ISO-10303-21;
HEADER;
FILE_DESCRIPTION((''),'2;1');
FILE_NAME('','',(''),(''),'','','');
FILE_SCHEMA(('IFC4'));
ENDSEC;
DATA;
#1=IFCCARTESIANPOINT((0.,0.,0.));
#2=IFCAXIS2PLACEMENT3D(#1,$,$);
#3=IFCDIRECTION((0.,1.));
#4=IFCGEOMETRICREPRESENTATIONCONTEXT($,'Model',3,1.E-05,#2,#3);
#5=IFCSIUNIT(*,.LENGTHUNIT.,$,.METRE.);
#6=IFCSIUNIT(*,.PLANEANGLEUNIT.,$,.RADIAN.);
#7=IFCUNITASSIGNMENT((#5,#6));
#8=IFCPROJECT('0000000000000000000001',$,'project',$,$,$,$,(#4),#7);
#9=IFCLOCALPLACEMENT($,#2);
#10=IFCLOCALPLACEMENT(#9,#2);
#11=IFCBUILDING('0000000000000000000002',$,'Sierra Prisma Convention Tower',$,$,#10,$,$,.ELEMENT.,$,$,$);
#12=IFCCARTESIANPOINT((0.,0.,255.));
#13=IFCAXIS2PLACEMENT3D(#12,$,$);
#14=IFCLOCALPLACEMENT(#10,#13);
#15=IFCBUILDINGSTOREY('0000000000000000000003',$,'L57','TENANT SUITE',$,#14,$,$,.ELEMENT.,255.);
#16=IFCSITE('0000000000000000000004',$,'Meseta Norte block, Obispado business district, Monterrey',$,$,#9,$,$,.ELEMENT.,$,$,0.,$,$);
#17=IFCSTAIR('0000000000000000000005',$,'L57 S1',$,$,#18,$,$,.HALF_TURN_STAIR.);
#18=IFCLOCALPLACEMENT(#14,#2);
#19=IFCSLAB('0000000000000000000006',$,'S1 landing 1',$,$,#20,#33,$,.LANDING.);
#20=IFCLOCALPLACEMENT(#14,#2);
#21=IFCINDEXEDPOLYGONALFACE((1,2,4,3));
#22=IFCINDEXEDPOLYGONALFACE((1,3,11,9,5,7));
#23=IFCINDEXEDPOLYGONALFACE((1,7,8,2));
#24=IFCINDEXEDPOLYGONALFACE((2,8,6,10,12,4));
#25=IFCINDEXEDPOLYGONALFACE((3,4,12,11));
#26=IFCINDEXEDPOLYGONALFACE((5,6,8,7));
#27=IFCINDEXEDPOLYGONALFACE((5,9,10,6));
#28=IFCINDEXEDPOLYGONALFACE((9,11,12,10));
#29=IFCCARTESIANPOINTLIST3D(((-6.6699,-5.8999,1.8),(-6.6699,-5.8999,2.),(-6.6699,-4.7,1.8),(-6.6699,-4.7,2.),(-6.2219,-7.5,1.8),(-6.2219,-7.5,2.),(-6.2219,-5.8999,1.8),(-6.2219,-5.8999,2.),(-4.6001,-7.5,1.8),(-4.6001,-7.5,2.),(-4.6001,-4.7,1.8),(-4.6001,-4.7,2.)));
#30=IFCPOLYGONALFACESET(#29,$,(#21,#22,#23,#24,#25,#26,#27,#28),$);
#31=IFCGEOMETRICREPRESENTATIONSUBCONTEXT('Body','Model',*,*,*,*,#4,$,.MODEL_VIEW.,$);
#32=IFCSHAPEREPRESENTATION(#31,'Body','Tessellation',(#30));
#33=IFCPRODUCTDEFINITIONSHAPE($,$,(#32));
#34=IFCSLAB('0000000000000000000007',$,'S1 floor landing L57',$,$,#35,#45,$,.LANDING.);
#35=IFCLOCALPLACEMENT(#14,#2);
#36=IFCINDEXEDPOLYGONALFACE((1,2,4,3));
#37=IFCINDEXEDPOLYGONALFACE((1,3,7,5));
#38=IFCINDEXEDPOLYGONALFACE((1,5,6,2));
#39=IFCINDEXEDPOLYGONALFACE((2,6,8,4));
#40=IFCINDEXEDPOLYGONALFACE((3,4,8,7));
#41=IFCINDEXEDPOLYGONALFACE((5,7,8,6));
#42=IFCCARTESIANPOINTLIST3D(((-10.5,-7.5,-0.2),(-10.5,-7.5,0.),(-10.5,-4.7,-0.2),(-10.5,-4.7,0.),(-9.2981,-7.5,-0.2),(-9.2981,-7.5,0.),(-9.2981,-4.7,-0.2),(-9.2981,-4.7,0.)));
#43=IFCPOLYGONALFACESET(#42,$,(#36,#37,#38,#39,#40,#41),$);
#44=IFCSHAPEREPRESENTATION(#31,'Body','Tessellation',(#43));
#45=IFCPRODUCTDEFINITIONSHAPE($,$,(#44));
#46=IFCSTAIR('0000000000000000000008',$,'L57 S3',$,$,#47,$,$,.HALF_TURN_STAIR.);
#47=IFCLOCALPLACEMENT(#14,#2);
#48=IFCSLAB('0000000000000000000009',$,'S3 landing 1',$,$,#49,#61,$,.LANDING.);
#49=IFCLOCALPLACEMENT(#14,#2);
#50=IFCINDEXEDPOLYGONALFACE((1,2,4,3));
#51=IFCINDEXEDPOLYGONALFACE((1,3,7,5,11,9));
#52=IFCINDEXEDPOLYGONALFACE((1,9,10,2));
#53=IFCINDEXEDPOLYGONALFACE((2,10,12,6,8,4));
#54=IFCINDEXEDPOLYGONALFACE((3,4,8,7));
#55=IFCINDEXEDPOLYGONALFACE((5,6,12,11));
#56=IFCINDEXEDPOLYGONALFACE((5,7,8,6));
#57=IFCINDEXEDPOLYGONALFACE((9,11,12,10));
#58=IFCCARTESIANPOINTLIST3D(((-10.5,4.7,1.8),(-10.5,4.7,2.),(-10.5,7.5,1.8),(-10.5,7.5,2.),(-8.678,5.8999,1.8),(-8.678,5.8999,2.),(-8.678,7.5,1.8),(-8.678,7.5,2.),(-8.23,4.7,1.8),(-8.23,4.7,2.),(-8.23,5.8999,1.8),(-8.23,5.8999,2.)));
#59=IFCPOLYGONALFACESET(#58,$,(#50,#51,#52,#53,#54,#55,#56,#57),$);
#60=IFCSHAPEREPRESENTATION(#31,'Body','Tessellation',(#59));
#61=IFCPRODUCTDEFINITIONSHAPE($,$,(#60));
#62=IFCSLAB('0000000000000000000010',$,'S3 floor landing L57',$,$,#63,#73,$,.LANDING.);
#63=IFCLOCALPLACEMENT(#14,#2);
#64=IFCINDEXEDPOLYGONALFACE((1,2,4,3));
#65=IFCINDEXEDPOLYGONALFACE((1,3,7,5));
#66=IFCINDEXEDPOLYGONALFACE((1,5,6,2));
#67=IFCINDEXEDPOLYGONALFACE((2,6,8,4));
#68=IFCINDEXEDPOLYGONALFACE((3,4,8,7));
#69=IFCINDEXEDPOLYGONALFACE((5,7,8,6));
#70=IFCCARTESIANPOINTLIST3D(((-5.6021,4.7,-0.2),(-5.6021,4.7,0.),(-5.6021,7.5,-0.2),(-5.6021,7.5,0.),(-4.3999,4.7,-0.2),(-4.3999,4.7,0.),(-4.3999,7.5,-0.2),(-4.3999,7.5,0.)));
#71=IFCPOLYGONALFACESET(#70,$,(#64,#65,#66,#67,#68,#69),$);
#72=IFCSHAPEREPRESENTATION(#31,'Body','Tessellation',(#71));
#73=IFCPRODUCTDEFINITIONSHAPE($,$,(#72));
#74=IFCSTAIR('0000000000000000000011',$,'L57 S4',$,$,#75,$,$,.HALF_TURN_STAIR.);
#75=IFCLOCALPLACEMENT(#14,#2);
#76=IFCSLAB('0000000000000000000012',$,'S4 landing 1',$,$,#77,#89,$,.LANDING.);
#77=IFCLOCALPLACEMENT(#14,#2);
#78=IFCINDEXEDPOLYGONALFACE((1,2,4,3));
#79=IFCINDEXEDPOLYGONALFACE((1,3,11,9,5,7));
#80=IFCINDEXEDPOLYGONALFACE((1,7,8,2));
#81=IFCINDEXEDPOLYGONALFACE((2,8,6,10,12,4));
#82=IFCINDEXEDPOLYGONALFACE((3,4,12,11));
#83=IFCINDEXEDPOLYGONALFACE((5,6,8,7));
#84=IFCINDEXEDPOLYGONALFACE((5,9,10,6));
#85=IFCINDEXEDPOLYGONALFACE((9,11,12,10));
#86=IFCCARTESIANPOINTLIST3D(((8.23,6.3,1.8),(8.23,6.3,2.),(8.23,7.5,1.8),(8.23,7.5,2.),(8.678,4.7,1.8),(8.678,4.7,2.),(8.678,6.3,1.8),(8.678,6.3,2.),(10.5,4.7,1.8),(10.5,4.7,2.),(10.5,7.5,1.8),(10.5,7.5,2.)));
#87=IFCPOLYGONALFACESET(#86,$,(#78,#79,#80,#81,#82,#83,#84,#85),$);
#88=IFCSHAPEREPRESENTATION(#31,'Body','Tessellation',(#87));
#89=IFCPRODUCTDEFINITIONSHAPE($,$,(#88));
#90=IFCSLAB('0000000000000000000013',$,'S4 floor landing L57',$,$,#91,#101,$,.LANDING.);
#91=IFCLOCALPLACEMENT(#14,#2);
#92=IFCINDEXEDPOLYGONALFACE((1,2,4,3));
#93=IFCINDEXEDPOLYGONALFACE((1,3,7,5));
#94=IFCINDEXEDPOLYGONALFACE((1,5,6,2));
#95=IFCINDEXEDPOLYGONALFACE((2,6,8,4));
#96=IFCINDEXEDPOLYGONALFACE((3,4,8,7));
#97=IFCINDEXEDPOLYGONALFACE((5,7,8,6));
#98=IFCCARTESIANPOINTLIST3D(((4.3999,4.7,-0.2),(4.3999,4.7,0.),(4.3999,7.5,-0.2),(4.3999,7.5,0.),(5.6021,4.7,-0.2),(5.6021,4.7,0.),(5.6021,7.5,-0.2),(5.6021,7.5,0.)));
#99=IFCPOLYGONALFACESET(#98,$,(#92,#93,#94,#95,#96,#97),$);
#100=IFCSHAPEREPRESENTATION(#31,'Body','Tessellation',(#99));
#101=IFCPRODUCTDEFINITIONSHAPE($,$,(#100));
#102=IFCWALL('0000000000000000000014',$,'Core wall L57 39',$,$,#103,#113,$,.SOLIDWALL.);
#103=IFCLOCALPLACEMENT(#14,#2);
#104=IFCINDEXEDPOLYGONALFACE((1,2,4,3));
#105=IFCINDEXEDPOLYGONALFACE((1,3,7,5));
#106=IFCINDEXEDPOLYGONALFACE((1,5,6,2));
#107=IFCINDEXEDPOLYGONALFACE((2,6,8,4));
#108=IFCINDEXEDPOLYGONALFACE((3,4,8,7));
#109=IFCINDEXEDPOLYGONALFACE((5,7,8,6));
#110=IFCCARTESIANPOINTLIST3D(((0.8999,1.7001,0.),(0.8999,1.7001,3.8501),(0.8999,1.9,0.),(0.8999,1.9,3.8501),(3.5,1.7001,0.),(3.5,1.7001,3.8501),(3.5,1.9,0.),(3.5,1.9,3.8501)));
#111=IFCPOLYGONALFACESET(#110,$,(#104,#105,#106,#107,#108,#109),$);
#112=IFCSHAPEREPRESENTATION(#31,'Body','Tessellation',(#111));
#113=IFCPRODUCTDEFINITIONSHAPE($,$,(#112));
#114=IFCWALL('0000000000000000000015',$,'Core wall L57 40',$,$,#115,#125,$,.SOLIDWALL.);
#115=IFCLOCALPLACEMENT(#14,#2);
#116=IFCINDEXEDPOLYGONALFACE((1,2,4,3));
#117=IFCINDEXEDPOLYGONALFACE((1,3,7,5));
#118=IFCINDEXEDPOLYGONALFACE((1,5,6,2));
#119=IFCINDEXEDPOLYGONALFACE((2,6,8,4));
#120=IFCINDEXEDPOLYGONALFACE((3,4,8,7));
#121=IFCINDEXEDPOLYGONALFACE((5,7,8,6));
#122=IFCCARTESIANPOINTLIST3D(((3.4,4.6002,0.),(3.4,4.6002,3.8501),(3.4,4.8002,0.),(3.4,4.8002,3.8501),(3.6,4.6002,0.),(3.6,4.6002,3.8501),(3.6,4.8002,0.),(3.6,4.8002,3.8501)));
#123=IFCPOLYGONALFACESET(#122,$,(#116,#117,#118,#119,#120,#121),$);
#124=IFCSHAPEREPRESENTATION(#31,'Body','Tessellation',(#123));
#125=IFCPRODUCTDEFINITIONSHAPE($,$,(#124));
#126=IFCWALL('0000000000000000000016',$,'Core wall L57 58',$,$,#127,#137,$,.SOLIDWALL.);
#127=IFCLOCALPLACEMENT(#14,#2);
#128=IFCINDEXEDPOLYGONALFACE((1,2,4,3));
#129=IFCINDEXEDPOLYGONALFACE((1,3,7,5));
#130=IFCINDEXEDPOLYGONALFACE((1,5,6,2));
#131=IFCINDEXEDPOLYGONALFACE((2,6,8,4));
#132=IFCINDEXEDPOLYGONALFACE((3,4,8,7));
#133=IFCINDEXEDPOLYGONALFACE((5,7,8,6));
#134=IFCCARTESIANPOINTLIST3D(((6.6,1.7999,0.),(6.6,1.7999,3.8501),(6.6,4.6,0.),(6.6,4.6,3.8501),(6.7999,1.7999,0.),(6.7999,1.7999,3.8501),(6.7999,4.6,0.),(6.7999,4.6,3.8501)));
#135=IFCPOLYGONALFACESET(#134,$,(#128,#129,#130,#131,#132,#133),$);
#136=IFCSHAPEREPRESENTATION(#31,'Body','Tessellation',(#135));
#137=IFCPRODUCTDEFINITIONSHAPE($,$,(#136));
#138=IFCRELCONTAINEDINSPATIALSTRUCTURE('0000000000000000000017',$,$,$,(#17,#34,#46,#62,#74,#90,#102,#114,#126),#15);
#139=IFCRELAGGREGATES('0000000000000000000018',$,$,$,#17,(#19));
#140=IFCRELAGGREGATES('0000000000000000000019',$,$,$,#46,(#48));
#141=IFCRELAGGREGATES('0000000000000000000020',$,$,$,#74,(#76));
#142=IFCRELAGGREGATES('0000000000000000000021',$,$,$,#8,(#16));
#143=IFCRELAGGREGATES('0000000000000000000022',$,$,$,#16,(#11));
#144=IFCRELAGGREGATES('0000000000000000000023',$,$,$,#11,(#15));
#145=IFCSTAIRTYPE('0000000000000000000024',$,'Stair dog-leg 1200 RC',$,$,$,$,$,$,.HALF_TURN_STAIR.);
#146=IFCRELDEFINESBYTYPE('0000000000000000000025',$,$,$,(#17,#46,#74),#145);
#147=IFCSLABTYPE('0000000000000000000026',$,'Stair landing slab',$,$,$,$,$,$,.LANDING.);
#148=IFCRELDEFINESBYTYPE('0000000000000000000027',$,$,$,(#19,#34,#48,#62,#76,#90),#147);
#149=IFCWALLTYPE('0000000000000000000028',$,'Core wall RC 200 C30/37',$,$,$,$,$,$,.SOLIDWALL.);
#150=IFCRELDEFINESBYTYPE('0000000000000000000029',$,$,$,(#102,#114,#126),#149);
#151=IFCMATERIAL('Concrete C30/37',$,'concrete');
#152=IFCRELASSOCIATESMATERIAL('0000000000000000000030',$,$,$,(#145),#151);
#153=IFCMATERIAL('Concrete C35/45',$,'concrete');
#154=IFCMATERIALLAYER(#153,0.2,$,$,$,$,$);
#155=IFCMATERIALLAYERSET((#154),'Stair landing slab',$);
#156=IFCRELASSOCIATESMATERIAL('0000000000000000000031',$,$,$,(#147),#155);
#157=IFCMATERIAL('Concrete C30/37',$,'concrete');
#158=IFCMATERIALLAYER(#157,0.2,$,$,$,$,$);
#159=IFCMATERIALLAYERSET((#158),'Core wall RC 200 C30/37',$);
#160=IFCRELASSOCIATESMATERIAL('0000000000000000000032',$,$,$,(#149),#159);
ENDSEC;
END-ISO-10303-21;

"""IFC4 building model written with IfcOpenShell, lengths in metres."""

from ifc_helpers import new_model, si_unit, direction, frame, frame_2d, origin, place, context, subcontext, project, spatial, polyline, rectangle, outline, extrude, material, layer, layer_set, type_object, element, aggregate, save


model = new_model("IFC4")

# Units and contexts
model_context = context("Model", 3, precision=1e-05, world=origin(), true_north=direction((0.0, 1.0)))
body_context = subcontext(model_context, "Body", "Model", "MODEL_VIEW")
ifc_project = project(units=[si_unit("LENGTHUNIT", "METRE"), si_unit("PLANEANGLEUNIT", "RADIAN")], contexts=[model_context])

# Site, building, storey
site_placement = place(None, origin())
site = spatial("IfcSite", under=ifc_project, at=site_placement, Name="Meseta Norte block, Obispado business district, Monterrey", CompositionType="ELEMENT", RefElevation=0.0)
building_placement = place(site_placement, origin())
building = spatial("IfcBuilding", under=site, at=building_placement, Name="Sierra Prisma Convention Tower", CompositionType="ELEMENT")
storey_placement = place(building_placement, frame((0.0, 0.0, 255.0)))
storey = spatial("IfcBuildingStorey", under=building, at=storey_placement, Name="L57", Description="TENANT SUITE", CompositionType="ELEMENT", Elevation=255.0)

# Stair, slab
ifc_material_1 = material(Name="Concrete C30/37", Category="concrete")
stair_type = type_object("IfcStairType", Name="Stair dog-leg 1200 RC", PredefinedType="HALF_TURN_STAIR", material=ifc_material_1)
stair_1_placement = place(storey_placement, origin())
stair_1 = element("IfcStair", 1, at=stair_1_placement, inside=storey, type_object=stair_type, Name="L57 S1", PredefinedType="HALF_TURN_STAIR")
ifc_material_2 = material(Name="Concrete C35/45", Category="concrete")
ifc_layer_1 = layer(ifc_material_2, 0.2)
ifc_layer_set_1 = layer_set([ifc_layer_1], Name="Stair landing slab")
slab_type = type_object("IfcSlabType", Name="Stair landing slab", PredefinedType="LANDING", material=ifc_layer_set_1)
slab_1_placement = place(storey_placement, frame((0.0, 0.0, 1.8)))
slab_1 = element("IfcSlab", 2, at=slab_1_placement, type_object=slab_type, Name="S1 landing 1", PredefinedType="LANDING", context=body_context, shape_type="SweptSolid", body=[
    extrude(outline(polyline([(-4.6001, -4.7), (-4.6001, -7.5), (-6.2219, -7.5), (-6.2219, -5.8999), (-6.6699, -5.8999), (-6.6699, -4.7), (-4.6001, -4.7)])), origin(), (0.0, 0.0, 1.0), 0.2),
])
aggregate(stair_1, [slab_1])

# Slab
slab_2_placement = place(storey_placement, frame((0.0, 0.0, -0.2)))
element("IfcSlab", 3, at=slab_2_placement, inside=storey, type_object=slab_type, Name="S1 floor landing L57", PredefinedType="LANDING", context=body_context, shape_type="SweptSolid", body=[
    extrude(outline(polyline([(-10.5, -7.5), (-9.2981, -7.5), (-9.2981, -4.7), (-10.5, -4.7), (-10.5, -7.5)])), origin(), (0.0, 0.0, 1.0), 0.2),
])

# Stair, slab
stair_2_placement = place(storey_placement, origin())
stair_2 = element("IfcStair", 4, at=stair_2_placement, inside=storey, type_object=stair_type, Name="L57 S3", PredefinedType="HALF_TURN_STAIR")
slab_3_placement = place(storey_placement, frame((0.0, 0.0, 1.8)))
slab_3 = element("IfcSlab", 5, at=slab_3_placement, type_object=slab_type, Name="S3 landing 1", PredefinedType="LANDING", context=body_context, shape_type="SweptSolid", body=[
    extrude(outline(polyline([(-8.23, 5.8999), (-8.23, 4.7), (-10.5, 4.7), (-10.5, 7.5), (-8.678, 7.5), (-8.678, 5.8999), (-8.23, 5.8999)])), origin(), (0.0, 0.0, 1.0), 0.2),
])
aggregate(stair_2, [slab_3])

# Slab
slab_4_placement = place(storey_placement, frame((0.0, 0.0, -0.2)))
element("IfcSlab", 6, at=slab_4_placement, inside=storey, type_object=slab_type, Name="S3 floor landing L57", PredefinedType="LANDING", context=body_context, shape_type="SweptSolid", body=[
    extrude(outline(polyline([(-4.3999, 7.5), (-5.6021, 7.5), (-5.6021, 4.7), (-4.3999, 4.7), (-4.3999, 7.5)])), origin(), (0.0, 0.0, 1.0), 0.2),
])

# Stair, slab
stair_3_placement = place(storey_placement, origin())
stair_3 = element("IfcStair", 7, at=stair_3_placement, inside=storey, type_object=stair_type, Name="L57 S4", PredefinedType="HALF_TURN_STAIR")
slab_5_placement = place(storey_placement, frame((0.0, 0.0, 1.8)))
slab_5 = element("IfcSlab", 8, at=slab_5_placement, type_object=slab_type, Name="S4 landing 1", PredefinedType="LANDING", context=body_context, shape_type="SweptSolid", body=[
    extrude(outline(polyline([(10.5, 7.5), (10.5, 4.7), (8.678, 4.7), (8.678, 6.3), (8.23, 6.3), (8.23, 7.5), (10.5, 7.5)])), origin(), (0.0, 0.0, 1.0), 0.2),
])
aggregate(stair_3, [slab_5])

# Slab
slab_6_placement = place(storey_placement, frame((0.0, 0.0, -0.2)))
element("IfcSlab", 9, at=slab_6_placement, inside=storey, type_object=slab_type, Name="S4 floor landing L57", PredefinedType="LANDING", context=body_context, shape_type="SweptSolid", body=[
    extrude(outline(polyline([(4.3999, 4.7), (5.6021, 4.7), (5.6021, 7.5), (4.3999, 7.5), (4.3999, 4.7)])), origin(), (0.0, 0.0, 1.0), 0.2),
])

# Shared definitions
ifc_material_3 = material(Name="Concrete C30/37", Category="concrete")
ifc_layer_2 = layer(ifc_material_3, 0.2)
ifc_layer_set_2 = layer_set([ifc_layer_2], Name="Core wall RC 200 C30/37")
wall_type = type_object("IfcWallType", Name="Core wall RC 200 C30/37", PredefinedType="SOLIDWALL", material=ifc_layer_set_2)

# Walls
wall_1_placement = place(storey_placement, frame((3.5, 1.8, 0.0), z_axis=(0.0, 0.0, 1.0), x_axis=(-1.0, 0.0, 0.0)))
element("IfcWall", 10, at=wall_1_placement, inside=storey, type_object=wall_type, Name="Core wall L57 39", PredefinedType="SOLIDWALL", context=body_context, shape_type="SweptSolid", body=[
    extrude(rectangle(XDim=2.6001, YDim=0.2, at=frame_2d((1.3, 0.0))), origin(), (0.0, 0.0, 1.0), 3.8501),
])
wall_2_placement = place(storey_placement, frame((3.5, 4.6001, 0.0), z_axis=(0.0, 0.0, 1.0), x_axis=(0.0, 1.0, 0.0)))
element("IfcWall", 11, at=wall_2_placement, inside=storey, type_object=wall_type, Name="Core wall L57 40", PredefinedType="SOLIDWALL", context=body_context, shape_type="SweptSolid", body=[
    extrude(rectangle(XDim=0.2, YDim=0.2, at=frame_2d((0.1001, 0.0))), origin(), (0.0, 0.0, 1.0), 3.8501),
])

# Wall
wall_3_placement = place(storey_placement, frame((6.7, 1.8, 0.0), z_axis=(0.0, 0.0, 1.0), x_axis=(0.0, 1.0, 0.0)))
element("IfcWall", 12, at=wall_3_placement, inside=storey, type_object=wall_type, Name="Core wall L57 58", PredefinedType="SOLIDWALL", context=body_context, shape_type="SweptSolid", body=[
    extrude(rectangle(XDim=2.8, YDim=0.2, at=frame_2d((1.3999, 0.0))), origin(), (0.0, 0.0, 1.0), 3.8501),
])

save(model, "model.ifc")
